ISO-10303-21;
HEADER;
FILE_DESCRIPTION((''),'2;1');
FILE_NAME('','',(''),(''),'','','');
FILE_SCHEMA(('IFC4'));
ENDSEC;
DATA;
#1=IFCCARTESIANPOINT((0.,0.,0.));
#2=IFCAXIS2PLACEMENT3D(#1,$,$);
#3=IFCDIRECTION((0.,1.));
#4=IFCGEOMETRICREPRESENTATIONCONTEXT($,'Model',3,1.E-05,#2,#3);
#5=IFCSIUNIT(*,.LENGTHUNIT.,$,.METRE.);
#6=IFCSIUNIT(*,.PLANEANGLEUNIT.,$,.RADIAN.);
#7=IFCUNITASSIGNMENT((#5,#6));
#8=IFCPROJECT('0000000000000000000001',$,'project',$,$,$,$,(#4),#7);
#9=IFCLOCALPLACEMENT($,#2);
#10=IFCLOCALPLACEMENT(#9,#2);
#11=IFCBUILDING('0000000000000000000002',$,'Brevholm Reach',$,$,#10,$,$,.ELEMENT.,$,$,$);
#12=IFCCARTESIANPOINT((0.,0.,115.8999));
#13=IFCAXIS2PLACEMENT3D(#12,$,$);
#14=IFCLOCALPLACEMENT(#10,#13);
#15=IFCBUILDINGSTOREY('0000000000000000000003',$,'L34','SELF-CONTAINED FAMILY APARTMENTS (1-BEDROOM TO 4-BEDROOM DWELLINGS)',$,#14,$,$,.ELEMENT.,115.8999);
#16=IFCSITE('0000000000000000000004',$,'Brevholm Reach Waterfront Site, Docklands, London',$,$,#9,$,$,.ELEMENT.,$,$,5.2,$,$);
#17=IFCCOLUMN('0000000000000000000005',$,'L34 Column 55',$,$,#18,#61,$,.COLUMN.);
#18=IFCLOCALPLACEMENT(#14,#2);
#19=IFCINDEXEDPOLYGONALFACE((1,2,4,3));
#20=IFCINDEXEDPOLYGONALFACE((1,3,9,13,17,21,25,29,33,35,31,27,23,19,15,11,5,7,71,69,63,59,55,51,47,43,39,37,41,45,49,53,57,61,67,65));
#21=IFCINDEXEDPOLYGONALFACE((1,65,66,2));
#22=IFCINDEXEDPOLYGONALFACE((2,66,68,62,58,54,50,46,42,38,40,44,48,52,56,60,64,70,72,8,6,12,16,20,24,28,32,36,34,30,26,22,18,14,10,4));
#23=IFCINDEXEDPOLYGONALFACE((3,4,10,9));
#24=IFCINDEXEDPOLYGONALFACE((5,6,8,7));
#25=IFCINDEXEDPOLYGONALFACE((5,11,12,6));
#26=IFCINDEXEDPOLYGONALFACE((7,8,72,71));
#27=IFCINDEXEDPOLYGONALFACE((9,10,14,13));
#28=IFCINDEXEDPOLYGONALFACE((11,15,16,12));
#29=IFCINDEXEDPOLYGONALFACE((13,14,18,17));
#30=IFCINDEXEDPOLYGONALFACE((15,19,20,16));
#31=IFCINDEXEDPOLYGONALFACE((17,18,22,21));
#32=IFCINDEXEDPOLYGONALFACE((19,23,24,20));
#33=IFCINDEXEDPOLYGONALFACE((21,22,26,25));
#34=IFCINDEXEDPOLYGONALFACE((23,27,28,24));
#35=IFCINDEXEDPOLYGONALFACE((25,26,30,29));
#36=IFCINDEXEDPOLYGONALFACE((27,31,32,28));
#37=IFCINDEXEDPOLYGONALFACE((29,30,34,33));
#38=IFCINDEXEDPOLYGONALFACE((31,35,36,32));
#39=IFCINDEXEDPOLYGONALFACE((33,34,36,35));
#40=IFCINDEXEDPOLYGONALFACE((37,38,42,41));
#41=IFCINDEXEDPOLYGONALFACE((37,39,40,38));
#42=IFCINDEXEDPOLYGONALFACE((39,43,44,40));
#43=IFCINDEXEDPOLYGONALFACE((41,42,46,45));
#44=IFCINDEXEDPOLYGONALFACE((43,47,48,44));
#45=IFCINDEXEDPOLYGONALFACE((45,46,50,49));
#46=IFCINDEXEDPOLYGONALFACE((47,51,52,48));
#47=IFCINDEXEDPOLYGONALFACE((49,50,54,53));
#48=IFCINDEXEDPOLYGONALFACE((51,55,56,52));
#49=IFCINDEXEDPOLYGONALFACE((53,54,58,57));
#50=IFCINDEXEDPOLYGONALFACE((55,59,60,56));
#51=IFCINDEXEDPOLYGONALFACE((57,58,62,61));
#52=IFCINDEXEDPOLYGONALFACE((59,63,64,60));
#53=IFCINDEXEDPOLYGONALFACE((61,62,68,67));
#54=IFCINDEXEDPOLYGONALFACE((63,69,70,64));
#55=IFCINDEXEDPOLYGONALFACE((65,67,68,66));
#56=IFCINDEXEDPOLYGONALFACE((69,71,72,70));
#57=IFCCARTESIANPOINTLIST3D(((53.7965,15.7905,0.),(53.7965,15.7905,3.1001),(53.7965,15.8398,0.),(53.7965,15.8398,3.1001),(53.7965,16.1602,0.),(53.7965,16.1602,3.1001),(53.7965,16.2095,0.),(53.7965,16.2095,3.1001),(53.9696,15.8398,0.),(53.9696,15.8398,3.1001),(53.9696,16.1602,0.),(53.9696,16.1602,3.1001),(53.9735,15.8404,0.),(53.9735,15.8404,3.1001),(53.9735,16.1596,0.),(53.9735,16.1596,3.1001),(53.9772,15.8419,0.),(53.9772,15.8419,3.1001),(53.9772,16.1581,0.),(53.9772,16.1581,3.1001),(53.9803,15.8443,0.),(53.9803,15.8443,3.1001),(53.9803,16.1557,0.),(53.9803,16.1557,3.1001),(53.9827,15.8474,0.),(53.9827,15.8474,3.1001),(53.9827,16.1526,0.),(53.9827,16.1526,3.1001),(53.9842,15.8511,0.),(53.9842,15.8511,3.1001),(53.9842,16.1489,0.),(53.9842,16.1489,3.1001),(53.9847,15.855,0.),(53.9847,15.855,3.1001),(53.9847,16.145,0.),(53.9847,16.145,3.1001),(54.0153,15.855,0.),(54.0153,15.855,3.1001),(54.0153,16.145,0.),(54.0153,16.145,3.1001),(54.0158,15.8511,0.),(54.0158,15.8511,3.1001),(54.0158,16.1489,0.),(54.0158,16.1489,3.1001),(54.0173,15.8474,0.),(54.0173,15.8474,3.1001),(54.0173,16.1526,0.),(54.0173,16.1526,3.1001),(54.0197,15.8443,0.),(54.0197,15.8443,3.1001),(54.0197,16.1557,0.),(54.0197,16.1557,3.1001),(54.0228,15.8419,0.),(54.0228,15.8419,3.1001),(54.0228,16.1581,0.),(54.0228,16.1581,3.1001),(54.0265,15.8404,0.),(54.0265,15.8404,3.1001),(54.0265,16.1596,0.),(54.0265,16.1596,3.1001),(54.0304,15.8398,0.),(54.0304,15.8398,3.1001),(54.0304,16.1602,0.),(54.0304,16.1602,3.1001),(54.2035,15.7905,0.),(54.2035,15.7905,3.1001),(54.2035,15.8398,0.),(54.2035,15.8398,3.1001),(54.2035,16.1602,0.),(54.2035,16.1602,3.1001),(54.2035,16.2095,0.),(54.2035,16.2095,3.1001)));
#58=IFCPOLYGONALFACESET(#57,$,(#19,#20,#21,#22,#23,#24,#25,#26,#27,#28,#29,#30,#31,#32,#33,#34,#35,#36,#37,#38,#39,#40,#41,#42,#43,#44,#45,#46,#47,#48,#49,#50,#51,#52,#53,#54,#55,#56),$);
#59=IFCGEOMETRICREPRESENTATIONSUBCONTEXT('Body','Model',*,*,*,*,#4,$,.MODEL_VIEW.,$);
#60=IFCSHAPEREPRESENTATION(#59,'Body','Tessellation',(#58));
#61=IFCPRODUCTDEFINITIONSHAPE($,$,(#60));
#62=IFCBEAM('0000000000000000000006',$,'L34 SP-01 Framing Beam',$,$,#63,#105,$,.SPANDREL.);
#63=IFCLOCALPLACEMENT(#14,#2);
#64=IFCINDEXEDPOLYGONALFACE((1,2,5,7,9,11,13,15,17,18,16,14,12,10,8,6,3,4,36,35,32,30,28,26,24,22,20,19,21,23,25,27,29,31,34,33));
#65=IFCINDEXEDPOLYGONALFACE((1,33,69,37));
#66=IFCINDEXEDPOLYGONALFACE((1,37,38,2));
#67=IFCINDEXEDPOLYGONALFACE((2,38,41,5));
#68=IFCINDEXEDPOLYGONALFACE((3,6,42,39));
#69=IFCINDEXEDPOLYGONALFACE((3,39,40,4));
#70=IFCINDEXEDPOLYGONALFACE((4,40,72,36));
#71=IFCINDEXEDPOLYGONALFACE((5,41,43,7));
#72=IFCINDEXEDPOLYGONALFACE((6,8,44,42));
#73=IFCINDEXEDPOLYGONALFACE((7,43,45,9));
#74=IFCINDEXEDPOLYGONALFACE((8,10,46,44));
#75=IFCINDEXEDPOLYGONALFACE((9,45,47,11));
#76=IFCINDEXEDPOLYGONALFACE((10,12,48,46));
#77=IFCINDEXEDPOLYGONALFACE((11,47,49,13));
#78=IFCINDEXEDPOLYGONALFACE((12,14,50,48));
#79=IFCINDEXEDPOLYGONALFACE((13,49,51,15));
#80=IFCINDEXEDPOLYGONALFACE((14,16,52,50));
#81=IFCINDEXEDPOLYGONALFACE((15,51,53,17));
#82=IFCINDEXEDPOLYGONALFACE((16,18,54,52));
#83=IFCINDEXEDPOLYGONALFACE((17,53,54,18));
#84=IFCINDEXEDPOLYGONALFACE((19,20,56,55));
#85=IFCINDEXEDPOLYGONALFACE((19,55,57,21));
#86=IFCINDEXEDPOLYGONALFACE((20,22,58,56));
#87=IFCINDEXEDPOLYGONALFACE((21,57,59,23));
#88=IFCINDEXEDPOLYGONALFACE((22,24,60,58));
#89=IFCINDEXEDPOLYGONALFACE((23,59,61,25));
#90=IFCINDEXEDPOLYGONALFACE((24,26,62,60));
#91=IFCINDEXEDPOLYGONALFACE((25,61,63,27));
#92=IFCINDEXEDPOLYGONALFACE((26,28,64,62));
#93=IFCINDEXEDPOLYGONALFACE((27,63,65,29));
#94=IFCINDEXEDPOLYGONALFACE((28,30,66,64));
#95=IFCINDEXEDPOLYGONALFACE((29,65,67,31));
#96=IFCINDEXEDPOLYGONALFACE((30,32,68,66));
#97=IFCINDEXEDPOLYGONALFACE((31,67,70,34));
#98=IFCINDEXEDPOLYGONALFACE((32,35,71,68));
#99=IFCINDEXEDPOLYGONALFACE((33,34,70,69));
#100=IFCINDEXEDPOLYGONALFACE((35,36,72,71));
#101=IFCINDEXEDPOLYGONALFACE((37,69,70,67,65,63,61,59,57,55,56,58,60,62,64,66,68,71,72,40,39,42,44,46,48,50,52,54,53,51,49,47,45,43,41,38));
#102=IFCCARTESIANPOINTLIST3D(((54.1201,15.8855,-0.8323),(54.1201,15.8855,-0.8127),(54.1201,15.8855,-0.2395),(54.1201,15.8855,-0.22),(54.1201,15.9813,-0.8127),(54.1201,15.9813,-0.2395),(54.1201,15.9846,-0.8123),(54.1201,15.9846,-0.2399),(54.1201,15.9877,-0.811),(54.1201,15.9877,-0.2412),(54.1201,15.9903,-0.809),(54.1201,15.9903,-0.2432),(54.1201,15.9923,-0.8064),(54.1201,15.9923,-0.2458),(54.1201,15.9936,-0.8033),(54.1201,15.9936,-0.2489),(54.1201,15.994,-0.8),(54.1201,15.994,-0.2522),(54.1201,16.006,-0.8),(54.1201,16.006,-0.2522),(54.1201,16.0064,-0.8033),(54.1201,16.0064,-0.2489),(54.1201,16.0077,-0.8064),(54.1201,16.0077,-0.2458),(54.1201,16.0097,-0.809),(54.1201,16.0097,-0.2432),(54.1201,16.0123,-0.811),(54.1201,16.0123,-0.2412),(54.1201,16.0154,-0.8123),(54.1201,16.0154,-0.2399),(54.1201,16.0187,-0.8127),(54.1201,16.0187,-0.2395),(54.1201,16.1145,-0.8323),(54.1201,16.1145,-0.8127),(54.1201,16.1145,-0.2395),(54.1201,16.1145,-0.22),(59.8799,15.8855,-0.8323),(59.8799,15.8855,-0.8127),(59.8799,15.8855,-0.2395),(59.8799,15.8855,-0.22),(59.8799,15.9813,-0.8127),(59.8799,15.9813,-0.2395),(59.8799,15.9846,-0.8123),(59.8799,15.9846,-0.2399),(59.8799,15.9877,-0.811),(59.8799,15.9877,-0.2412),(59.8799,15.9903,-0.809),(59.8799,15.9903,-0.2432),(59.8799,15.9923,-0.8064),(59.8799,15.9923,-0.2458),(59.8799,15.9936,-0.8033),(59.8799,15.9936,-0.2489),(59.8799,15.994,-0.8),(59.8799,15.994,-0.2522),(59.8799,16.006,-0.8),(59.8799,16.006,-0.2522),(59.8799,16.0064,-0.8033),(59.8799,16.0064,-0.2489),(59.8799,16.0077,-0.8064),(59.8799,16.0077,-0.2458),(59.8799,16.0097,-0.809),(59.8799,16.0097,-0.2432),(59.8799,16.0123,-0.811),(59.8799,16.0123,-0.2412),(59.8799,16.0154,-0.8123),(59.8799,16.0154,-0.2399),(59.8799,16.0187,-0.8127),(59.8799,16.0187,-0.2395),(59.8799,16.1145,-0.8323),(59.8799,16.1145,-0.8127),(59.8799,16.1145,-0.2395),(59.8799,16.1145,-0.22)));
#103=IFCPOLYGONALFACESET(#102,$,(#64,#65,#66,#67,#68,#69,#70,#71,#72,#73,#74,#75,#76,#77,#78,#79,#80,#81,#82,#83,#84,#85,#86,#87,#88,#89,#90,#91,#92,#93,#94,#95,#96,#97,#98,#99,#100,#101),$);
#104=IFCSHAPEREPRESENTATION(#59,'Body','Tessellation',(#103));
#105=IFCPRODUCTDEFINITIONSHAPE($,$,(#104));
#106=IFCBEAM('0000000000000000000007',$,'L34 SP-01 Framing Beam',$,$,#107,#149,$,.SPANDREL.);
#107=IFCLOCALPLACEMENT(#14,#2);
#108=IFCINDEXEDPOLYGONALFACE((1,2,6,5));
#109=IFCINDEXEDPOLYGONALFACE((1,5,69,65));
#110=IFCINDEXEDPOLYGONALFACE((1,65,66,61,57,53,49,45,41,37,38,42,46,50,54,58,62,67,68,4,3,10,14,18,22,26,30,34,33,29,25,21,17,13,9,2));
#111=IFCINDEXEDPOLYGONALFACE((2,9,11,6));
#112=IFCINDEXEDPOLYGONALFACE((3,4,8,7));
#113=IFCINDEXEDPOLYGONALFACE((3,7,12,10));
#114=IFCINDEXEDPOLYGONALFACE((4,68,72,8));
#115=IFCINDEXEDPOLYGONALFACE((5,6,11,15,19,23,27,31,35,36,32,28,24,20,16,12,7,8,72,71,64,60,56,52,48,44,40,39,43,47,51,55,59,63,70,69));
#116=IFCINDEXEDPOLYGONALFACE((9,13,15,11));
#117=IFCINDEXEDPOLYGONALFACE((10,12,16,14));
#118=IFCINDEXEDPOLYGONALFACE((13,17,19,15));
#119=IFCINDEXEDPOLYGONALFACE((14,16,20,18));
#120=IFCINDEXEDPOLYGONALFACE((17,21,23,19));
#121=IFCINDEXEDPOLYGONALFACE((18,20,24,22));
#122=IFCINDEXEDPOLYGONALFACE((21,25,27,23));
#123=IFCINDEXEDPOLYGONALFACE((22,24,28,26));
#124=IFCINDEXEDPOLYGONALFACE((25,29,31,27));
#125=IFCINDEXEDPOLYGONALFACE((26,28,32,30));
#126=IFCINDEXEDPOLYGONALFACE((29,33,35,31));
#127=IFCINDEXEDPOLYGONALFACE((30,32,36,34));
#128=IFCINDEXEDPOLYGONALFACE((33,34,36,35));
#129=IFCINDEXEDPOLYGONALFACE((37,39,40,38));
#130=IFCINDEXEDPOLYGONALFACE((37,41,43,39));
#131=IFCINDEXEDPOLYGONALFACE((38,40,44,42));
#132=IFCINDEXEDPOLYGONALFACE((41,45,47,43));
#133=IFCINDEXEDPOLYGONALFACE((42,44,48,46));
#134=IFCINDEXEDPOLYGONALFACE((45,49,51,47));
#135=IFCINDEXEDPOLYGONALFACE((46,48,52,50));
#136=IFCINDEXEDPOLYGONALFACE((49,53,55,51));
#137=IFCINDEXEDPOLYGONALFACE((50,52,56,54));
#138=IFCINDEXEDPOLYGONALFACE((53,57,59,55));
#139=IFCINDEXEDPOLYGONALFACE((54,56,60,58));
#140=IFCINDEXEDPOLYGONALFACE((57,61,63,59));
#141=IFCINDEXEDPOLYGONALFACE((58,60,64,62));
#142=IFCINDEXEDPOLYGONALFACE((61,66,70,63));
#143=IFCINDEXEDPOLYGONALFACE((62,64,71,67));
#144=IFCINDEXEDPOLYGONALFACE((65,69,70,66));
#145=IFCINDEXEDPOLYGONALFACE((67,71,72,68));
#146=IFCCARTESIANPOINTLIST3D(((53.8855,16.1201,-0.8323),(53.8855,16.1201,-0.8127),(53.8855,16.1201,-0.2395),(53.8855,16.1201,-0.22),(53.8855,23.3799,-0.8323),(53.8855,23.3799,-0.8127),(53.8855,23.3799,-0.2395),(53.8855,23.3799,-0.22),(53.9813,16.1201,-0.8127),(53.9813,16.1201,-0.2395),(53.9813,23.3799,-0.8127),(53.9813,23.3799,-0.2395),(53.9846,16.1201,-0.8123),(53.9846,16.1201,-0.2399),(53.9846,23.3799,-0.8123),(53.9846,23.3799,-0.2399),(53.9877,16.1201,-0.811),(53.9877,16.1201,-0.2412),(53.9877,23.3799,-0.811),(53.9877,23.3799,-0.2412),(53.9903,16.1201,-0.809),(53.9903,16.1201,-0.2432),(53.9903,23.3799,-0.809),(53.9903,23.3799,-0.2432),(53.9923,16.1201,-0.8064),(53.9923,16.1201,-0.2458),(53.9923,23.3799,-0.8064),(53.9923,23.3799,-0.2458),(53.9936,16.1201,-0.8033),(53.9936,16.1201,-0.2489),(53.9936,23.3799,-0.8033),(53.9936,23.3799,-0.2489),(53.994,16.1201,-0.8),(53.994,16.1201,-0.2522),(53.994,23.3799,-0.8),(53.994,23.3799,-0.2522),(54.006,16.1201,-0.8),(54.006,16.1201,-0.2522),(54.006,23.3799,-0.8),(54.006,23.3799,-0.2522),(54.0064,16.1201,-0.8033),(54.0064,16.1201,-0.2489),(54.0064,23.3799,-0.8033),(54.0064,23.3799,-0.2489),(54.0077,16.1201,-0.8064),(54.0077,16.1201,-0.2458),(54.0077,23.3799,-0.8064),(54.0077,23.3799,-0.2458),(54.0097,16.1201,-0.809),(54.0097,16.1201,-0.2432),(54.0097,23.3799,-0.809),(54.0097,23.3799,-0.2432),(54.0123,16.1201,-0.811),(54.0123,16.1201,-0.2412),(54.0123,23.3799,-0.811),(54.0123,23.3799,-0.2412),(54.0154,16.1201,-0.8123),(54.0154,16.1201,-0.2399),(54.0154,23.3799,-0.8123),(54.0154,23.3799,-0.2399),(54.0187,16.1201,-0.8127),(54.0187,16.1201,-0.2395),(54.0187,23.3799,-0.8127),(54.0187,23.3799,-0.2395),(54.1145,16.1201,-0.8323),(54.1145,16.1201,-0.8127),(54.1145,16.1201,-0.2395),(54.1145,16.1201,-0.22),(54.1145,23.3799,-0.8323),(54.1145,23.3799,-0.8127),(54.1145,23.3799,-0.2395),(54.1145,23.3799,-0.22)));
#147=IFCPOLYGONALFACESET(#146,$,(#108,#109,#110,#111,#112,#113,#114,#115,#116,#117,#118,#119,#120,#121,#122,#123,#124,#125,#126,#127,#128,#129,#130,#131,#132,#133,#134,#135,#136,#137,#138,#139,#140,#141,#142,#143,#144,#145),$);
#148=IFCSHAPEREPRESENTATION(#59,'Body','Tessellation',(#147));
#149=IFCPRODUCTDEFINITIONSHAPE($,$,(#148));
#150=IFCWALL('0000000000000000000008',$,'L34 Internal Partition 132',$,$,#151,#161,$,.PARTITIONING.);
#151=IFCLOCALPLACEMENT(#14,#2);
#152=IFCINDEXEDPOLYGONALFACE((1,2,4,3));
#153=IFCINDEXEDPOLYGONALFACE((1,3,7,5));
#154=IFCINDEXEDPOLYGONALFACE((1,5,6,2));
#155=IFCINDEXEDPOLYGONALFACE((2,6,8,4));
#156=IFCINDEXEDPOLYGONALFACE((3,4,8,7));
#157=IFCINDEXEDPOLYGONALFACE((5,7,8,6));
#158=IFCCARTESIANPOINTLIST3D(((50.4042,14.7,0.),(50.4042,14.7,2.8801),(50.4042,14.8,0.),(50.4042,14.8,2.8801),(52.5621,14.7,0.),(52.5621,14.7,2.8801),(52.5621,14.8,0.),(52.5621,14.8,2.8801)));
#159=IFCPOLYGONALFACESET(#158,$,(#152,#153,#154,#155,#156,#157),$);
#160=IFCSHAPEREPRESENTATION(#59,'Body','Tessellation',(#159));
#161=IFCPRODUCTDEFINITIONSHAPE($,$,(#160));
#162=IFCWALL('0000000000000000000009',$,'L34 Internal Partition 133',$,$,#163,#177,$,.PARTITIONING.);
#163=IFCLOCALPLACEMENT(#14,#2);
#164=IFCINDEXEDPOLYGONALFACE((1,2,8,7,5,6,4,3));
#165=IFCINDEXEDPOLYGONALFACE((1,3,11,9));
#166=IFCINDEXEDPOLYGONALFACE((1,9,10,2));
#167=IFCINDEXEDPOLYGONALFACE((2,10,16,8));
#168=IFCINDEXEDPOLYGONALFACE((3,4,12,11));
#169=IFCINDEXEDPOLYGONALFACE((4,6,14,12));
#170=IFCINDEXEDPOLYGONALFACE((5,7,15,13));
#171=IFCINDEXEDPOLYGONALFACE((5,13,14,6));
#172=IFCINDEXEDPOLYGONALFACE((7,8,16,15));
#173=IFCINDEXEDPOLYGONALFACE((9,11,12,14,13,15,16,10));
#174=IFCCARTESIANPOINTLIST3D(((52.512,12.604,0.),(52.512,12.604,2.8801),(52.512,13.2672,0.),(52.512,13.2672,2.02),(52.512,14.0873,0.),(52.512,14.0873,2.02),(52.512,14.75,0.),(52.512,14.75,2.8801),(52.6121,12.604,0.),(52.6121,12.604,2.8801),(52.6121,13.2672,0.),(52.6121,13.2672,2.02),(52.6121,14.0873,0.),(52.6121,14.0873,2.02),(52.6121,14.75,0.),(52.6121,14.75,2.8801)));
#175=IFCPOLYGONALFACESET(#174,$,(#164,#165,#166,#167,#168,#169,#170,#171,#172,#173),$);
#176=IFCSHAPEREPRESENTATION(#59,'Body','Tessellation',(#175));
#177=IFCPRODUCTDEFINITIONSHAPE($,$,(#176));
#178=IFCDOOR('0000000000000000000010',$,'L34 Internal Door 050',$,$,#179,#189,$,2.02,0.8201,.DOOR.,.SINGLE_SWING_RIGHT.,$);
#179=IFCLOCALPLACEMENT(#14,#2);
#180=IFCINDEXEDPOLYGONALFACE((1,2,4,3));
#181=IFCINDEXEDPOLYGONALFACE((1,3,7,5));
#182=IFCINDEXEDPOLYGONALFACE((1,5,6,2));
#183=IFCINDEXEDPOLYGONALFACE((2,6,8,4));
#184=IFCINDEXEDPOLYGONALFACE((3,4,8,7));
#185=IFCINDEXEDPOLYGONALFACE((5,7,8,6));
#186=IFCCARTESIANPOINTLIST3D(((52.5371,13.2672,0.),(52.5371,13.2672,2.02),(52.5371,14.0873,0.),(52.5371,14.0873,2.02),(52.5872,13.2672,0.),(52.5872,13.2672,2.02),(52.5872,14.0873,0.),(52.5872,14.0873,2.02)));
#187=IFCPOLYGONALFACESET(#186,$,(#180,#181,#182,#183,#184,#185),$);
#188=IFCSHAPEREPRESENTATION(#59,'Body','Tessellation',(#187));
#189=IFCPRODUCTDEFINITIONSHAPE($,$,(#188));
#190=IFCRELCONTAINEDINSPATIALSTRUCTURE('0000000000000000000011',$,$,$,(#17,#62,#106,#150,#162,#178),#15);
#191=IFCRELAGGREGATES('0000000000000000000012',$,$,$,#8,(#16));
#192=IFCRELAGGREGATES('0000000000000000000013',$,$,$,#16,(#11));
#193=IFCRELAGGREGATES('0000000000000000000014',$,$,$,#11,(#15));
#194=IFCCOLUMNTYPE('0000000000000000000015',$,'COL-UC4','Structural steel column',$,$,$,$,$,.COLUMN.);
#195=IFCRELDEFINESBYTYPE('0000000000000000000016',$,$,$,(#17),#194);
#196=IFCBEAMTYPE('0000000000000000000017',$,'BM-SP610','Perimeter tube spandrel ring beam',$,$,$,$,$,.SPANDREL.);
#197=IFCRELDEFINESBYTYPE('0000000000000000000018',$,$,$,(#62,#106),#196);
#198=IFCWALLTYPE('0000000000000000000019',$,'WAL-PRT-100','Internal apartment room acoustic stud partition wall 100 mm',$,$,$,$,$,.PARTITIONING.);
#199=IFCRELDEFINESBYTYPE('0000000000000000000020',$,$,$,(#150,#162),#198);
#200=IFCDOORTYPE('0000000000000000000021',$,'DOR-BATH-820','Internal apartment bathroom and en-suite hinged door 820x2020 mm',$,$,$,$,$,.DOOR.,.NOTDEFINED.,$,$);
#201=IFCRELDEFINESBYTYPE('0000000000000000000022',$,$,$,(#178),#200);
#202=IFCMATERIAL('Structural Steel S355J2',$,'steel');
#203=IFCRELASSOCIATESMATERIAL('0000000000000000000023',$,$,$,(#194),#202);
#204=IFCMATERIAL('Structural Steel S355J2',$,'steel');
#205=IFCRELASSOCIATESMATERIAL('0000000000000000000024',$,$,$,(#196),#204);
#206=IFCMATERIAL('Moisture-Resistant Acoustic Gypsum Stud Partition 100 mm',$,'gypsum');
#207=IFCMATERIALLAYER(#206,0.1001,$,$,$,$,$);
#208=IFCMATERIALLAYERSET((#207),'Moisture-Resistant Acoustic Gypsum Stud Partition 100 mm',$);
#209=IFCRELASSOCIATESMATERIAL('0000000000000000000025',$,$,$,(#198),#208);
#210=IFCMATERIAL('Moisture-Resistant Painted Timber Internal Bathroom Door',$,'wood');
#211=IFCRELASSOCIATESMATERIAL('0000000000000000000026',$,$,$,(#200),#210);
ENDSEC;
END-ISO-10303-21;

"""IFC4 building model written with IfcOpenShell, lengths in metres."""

from ifc_helpers import new_model, si_unit, direction, frame, frame_2d, origin, origin_2d, place, context, subcontext, project, spatial, rectangle, i_section, extrude, material, layer, layer_set, material_profile, profile_set, type_object, element, fill, save


model = new_model("IFC4")

# Units and contexts
model_context = context("Model", 3, precision=1e-05, world=origin(), true_north=direction((0.0, 1.0)))
body_context = subcontext(model_context, "Body", "Model", "MODEL_VIEW")
ifc_project = project(units=[si_unit("LENGTHUNIT", "METRE"), si_unit("PLANEANGLEUNIT", "RADIAN")], contexts=[model_context])

# Site, building, storey
site_placement = place(None, origin())
site = spatial("IfcSite", under=ifc_project, at=site_placement, Name="Brevholm Reach Waterfront Site, Docklands, London", CompositionType="ELEMENT", RefElevation=5.2)
building_placement = place(site_placement, origin())
building = spatial("IfcBuilding", under=site, at=building_placement, Name="Brevholm Reach", CompositionType="ELEMENT")
storey_placement = place(building_placement, frame((0.0, 0.0, 115.8999)))
storey = spatial("IfcBuildingStorey", under=building, at=storey_placement, Name="L34", Description="SELF-CONTAINED FAMILY APARTMENTS (1-BEDROOM TO 4-BEDROOM DWELLINGS)", CompositionType="ELEMENT", Elevation=115.8999)

# Column
ifc_material_1 = material(Name="Structural Steel S355J2", Category="steel")
ifc_material_profile_1 = material_profile(ifc_material_1, i_section(OverallWidth=0.407, OverallDepth=0.4189, WebThickness=0.0305, FlangeThickness=0.0493, FilletRadius=0.0151, at=origin_2d()), Name="UKC 356x406x393")
ifc_profile_set_1 = profile_set([ifc_material_profile_1], Name="Structural Steel S355J2")
column_type = type_object("IfcColumnType", Name="COL-UC4", Description="Structural steel column", PredefinedType="COLUMN", material=ifc_profile_set_1)
column_placement = place(storey_placement, frame((54.0, 16.0, 0.0), z_axis=(0.0, 0.0, 1.0), x_axis=(1.0, 0.0, 0.0)))
element("IfcColumn", 1, at=column_placement, inside=storey, type_object=column_type, Name="L34 Column 55", PredefinedType="COLUMN", context=body_context, shape_type="SweptSolid", body=[
    extrude(i_section(OverallWidth=0.407, OverallDepth=0.4189, WebThickness=0.0305, FlangeThickness=0.0493, FilletRadius=0.0151, at=origin_2d()), origin(), (0.0, 0.0, 1.0), 3.1001),
])

# Beams
ifc_material_2 = material(Name="Structural Steel S355J2", Category="steel")
ifc_material_profile_2 = material_profile(ifc_material_2, i_section(OverallWidth=0.229, OverallDepth=0.6123, WebThickness=0.012, FlangeThickness=0.0195, FilletRadius=0.0127, at=origin_2d()), Name="UKB 610x229x125")
ifc_profile_set_2 = profile_set([ifc_material_profile_2], Name="Structural Steel S355J2")
beam_type = type_object("IfcBeamType", Name="BM-SP610", Description="Perimeter tube spandrel ring beam", PredefinedType="SPANDREL", material=ifc_profile_set_2)
beam_1_placement = place(storey_placement, frame((54.1201, 16.0, -0.5261), z_axis=(1.0, 0.0, 0.0), x_axis=(0.0, 1.0, 0.0)))
element("IfcBeam", 2, at=beam_1_placement, inside=storey, type_object=beam_type, Name="L34 SP-01 Framing Beam", PredefinedType="SPANDREL", context=body_context, shape_type="SweptSolid", body=[
    extrude(i_section(OverallWidth=0.229, OverallDepth=0.6123, WebThickness=0.012, FlangeThickness=0.0195, FilletRadius=0.0127, at=origin_2d()), origin(), (0.0, 0.0, 1.0), 5.7598),
])
beam_2_placement = place(storey_placement, frame((54.0, 16.1201, -0.5261), z_axis=(0.0, 1.0, 0.0), x_axis=(-1.0, 0.0, 0.0)))
element("IfcBeam", 3, at=beam_2_placement, inside=storey, type_object=beam_type, Name="L34 SP-01 Framing Beam", PredefinedType="SPANDREL", context=body_context, shape_type="SweptSolid", body=[
    extrude(i_section(OverallWidth=0.229, OverallDepth=0.6123, WebThickness=0.012, FlangeThickness=0.0195, FilletRadius=0.0127, at=origin_2d()), origin(), (0.0, 0.0, 1.0), 7.2598),
])

# Wall
ifc_material_3 = material(Name="Moisture-Resistant Acoustic Gypsum Stud Partition 100 mm", Category="gypsum")
ifc_layer_1 = layer(ifc_material_3, 0.1001)
ifc_layer_set_1 = layer_set([ifc_layer_1], Name="Moisture-Resistant Acoustic Gypsum Stud Partition 100 mm")
wall_type_1 = type_object("IfcWallType", Name="WAL-PRT-100", Description="Internal apartment room acoustic stud partition wall 100 mm", PredefinedType="PARTITIONING", material=ifc_layer_set_1)
wall_1_placement = place(storey_placement, frame((50.4041, 14.75, 0.0), z_axis=(0.0, 0.0, 1.0), x_axis=(1.0, 0.0, 0.0)))
element("IfcWall", 4, at=wall_1_placement, inside=storey, type_object=wall_type_1, Name="L34 Internal Partition 132", PredefinedType="PARTITIONING", context=body_context, shape_type="SweptSolid", body=[
    extrude(rectangle(XDim=2.158, YDim=0.1001, at=frame_2d((1.0791, 0.0))), origin(), (0.0, 0.0, 1.0), 2.8801),
])

# Wall, opening, door
wall_2_placement = place(storey_placement, frame((52.562, 12.604, 0.0), z_axis=(0.0, 0.0, 1.0), x_axis=(0.0, 1.0, 0.0)))
wall_2 = element("IfcWall", 5, at=wall_2_placement, inside=storey, type_object=wall_type_1, Name="L34 Internal Partition 133", PredefinedType="PARTITIONING", context=body_context, shape_type="SweptSolid", body=[
    extrude(rectangle(XDim=2.146, YDim=0.1001, at=frame_2d((1.073, 0.0))), origin(), (0.0, 0.0, 1.0), 2.8801),
])
opening_1_placement = place(wall_2_placement, frame((0.6631, 0.0, 0.0)))
opening_1 = element("IfcOpeningElement", 6, at=opening_1_placement, cuts=wall_2, PredefinedType="OPENING", context=body_context, shape_type="SweptSolid", body=[
    extrude(rectangle(XDim=0.8201, YDim=2.02, at=frame_2d((0.4102, 1.01))), frame((0.0, 0.0601, 0.0), z_axis=(0.0, -1.0, 0.0), x_axis=(1.0, 0.0, 0.0)), (0.0, 0.0, 1.0), 0.1201),
])
ifc_material_4 = material(Name="Moisture-Resistant Painted Timber Internal Bathroom Door", Category="wood")
door_type_1 = type_object("IfcDoorType", Name="DOR-BATH-820", Description="Internal apartment bathroom and en-suite hinged door 820x2020 mm", OperationType="NOTDEFINED", PredefinedType="DOOR", material=ifc_material_4)
door_1_placement = place(opening_1_placement, origin())
door_1 = element("IfcDoor", 7, at=door_1_placement, inside=storey, type_object=door_type_1, Name="L34 Internal Door 050", OperationType="SINGLE_SWING_RIGHT", OverallHeight=2.02, OverallWidth=0.8201, PredefinedType="DOOR", context=body_context, shape_type="SweptSolid", body=[
    extrude(rectangle(XDim=0.8201, YDim=2.02, at=frame_2d((0.4102, 1.01))), frame((0.0, 0.0249, 0.0), z_axis=(0.0, -1.0, 0.0), x_axis=(1.0, 0.0, 0.0)), (0.0, 0.0, 1.0), 0.05),
])
fill(opening_1, door_1)

save(model, "model.ifc")
